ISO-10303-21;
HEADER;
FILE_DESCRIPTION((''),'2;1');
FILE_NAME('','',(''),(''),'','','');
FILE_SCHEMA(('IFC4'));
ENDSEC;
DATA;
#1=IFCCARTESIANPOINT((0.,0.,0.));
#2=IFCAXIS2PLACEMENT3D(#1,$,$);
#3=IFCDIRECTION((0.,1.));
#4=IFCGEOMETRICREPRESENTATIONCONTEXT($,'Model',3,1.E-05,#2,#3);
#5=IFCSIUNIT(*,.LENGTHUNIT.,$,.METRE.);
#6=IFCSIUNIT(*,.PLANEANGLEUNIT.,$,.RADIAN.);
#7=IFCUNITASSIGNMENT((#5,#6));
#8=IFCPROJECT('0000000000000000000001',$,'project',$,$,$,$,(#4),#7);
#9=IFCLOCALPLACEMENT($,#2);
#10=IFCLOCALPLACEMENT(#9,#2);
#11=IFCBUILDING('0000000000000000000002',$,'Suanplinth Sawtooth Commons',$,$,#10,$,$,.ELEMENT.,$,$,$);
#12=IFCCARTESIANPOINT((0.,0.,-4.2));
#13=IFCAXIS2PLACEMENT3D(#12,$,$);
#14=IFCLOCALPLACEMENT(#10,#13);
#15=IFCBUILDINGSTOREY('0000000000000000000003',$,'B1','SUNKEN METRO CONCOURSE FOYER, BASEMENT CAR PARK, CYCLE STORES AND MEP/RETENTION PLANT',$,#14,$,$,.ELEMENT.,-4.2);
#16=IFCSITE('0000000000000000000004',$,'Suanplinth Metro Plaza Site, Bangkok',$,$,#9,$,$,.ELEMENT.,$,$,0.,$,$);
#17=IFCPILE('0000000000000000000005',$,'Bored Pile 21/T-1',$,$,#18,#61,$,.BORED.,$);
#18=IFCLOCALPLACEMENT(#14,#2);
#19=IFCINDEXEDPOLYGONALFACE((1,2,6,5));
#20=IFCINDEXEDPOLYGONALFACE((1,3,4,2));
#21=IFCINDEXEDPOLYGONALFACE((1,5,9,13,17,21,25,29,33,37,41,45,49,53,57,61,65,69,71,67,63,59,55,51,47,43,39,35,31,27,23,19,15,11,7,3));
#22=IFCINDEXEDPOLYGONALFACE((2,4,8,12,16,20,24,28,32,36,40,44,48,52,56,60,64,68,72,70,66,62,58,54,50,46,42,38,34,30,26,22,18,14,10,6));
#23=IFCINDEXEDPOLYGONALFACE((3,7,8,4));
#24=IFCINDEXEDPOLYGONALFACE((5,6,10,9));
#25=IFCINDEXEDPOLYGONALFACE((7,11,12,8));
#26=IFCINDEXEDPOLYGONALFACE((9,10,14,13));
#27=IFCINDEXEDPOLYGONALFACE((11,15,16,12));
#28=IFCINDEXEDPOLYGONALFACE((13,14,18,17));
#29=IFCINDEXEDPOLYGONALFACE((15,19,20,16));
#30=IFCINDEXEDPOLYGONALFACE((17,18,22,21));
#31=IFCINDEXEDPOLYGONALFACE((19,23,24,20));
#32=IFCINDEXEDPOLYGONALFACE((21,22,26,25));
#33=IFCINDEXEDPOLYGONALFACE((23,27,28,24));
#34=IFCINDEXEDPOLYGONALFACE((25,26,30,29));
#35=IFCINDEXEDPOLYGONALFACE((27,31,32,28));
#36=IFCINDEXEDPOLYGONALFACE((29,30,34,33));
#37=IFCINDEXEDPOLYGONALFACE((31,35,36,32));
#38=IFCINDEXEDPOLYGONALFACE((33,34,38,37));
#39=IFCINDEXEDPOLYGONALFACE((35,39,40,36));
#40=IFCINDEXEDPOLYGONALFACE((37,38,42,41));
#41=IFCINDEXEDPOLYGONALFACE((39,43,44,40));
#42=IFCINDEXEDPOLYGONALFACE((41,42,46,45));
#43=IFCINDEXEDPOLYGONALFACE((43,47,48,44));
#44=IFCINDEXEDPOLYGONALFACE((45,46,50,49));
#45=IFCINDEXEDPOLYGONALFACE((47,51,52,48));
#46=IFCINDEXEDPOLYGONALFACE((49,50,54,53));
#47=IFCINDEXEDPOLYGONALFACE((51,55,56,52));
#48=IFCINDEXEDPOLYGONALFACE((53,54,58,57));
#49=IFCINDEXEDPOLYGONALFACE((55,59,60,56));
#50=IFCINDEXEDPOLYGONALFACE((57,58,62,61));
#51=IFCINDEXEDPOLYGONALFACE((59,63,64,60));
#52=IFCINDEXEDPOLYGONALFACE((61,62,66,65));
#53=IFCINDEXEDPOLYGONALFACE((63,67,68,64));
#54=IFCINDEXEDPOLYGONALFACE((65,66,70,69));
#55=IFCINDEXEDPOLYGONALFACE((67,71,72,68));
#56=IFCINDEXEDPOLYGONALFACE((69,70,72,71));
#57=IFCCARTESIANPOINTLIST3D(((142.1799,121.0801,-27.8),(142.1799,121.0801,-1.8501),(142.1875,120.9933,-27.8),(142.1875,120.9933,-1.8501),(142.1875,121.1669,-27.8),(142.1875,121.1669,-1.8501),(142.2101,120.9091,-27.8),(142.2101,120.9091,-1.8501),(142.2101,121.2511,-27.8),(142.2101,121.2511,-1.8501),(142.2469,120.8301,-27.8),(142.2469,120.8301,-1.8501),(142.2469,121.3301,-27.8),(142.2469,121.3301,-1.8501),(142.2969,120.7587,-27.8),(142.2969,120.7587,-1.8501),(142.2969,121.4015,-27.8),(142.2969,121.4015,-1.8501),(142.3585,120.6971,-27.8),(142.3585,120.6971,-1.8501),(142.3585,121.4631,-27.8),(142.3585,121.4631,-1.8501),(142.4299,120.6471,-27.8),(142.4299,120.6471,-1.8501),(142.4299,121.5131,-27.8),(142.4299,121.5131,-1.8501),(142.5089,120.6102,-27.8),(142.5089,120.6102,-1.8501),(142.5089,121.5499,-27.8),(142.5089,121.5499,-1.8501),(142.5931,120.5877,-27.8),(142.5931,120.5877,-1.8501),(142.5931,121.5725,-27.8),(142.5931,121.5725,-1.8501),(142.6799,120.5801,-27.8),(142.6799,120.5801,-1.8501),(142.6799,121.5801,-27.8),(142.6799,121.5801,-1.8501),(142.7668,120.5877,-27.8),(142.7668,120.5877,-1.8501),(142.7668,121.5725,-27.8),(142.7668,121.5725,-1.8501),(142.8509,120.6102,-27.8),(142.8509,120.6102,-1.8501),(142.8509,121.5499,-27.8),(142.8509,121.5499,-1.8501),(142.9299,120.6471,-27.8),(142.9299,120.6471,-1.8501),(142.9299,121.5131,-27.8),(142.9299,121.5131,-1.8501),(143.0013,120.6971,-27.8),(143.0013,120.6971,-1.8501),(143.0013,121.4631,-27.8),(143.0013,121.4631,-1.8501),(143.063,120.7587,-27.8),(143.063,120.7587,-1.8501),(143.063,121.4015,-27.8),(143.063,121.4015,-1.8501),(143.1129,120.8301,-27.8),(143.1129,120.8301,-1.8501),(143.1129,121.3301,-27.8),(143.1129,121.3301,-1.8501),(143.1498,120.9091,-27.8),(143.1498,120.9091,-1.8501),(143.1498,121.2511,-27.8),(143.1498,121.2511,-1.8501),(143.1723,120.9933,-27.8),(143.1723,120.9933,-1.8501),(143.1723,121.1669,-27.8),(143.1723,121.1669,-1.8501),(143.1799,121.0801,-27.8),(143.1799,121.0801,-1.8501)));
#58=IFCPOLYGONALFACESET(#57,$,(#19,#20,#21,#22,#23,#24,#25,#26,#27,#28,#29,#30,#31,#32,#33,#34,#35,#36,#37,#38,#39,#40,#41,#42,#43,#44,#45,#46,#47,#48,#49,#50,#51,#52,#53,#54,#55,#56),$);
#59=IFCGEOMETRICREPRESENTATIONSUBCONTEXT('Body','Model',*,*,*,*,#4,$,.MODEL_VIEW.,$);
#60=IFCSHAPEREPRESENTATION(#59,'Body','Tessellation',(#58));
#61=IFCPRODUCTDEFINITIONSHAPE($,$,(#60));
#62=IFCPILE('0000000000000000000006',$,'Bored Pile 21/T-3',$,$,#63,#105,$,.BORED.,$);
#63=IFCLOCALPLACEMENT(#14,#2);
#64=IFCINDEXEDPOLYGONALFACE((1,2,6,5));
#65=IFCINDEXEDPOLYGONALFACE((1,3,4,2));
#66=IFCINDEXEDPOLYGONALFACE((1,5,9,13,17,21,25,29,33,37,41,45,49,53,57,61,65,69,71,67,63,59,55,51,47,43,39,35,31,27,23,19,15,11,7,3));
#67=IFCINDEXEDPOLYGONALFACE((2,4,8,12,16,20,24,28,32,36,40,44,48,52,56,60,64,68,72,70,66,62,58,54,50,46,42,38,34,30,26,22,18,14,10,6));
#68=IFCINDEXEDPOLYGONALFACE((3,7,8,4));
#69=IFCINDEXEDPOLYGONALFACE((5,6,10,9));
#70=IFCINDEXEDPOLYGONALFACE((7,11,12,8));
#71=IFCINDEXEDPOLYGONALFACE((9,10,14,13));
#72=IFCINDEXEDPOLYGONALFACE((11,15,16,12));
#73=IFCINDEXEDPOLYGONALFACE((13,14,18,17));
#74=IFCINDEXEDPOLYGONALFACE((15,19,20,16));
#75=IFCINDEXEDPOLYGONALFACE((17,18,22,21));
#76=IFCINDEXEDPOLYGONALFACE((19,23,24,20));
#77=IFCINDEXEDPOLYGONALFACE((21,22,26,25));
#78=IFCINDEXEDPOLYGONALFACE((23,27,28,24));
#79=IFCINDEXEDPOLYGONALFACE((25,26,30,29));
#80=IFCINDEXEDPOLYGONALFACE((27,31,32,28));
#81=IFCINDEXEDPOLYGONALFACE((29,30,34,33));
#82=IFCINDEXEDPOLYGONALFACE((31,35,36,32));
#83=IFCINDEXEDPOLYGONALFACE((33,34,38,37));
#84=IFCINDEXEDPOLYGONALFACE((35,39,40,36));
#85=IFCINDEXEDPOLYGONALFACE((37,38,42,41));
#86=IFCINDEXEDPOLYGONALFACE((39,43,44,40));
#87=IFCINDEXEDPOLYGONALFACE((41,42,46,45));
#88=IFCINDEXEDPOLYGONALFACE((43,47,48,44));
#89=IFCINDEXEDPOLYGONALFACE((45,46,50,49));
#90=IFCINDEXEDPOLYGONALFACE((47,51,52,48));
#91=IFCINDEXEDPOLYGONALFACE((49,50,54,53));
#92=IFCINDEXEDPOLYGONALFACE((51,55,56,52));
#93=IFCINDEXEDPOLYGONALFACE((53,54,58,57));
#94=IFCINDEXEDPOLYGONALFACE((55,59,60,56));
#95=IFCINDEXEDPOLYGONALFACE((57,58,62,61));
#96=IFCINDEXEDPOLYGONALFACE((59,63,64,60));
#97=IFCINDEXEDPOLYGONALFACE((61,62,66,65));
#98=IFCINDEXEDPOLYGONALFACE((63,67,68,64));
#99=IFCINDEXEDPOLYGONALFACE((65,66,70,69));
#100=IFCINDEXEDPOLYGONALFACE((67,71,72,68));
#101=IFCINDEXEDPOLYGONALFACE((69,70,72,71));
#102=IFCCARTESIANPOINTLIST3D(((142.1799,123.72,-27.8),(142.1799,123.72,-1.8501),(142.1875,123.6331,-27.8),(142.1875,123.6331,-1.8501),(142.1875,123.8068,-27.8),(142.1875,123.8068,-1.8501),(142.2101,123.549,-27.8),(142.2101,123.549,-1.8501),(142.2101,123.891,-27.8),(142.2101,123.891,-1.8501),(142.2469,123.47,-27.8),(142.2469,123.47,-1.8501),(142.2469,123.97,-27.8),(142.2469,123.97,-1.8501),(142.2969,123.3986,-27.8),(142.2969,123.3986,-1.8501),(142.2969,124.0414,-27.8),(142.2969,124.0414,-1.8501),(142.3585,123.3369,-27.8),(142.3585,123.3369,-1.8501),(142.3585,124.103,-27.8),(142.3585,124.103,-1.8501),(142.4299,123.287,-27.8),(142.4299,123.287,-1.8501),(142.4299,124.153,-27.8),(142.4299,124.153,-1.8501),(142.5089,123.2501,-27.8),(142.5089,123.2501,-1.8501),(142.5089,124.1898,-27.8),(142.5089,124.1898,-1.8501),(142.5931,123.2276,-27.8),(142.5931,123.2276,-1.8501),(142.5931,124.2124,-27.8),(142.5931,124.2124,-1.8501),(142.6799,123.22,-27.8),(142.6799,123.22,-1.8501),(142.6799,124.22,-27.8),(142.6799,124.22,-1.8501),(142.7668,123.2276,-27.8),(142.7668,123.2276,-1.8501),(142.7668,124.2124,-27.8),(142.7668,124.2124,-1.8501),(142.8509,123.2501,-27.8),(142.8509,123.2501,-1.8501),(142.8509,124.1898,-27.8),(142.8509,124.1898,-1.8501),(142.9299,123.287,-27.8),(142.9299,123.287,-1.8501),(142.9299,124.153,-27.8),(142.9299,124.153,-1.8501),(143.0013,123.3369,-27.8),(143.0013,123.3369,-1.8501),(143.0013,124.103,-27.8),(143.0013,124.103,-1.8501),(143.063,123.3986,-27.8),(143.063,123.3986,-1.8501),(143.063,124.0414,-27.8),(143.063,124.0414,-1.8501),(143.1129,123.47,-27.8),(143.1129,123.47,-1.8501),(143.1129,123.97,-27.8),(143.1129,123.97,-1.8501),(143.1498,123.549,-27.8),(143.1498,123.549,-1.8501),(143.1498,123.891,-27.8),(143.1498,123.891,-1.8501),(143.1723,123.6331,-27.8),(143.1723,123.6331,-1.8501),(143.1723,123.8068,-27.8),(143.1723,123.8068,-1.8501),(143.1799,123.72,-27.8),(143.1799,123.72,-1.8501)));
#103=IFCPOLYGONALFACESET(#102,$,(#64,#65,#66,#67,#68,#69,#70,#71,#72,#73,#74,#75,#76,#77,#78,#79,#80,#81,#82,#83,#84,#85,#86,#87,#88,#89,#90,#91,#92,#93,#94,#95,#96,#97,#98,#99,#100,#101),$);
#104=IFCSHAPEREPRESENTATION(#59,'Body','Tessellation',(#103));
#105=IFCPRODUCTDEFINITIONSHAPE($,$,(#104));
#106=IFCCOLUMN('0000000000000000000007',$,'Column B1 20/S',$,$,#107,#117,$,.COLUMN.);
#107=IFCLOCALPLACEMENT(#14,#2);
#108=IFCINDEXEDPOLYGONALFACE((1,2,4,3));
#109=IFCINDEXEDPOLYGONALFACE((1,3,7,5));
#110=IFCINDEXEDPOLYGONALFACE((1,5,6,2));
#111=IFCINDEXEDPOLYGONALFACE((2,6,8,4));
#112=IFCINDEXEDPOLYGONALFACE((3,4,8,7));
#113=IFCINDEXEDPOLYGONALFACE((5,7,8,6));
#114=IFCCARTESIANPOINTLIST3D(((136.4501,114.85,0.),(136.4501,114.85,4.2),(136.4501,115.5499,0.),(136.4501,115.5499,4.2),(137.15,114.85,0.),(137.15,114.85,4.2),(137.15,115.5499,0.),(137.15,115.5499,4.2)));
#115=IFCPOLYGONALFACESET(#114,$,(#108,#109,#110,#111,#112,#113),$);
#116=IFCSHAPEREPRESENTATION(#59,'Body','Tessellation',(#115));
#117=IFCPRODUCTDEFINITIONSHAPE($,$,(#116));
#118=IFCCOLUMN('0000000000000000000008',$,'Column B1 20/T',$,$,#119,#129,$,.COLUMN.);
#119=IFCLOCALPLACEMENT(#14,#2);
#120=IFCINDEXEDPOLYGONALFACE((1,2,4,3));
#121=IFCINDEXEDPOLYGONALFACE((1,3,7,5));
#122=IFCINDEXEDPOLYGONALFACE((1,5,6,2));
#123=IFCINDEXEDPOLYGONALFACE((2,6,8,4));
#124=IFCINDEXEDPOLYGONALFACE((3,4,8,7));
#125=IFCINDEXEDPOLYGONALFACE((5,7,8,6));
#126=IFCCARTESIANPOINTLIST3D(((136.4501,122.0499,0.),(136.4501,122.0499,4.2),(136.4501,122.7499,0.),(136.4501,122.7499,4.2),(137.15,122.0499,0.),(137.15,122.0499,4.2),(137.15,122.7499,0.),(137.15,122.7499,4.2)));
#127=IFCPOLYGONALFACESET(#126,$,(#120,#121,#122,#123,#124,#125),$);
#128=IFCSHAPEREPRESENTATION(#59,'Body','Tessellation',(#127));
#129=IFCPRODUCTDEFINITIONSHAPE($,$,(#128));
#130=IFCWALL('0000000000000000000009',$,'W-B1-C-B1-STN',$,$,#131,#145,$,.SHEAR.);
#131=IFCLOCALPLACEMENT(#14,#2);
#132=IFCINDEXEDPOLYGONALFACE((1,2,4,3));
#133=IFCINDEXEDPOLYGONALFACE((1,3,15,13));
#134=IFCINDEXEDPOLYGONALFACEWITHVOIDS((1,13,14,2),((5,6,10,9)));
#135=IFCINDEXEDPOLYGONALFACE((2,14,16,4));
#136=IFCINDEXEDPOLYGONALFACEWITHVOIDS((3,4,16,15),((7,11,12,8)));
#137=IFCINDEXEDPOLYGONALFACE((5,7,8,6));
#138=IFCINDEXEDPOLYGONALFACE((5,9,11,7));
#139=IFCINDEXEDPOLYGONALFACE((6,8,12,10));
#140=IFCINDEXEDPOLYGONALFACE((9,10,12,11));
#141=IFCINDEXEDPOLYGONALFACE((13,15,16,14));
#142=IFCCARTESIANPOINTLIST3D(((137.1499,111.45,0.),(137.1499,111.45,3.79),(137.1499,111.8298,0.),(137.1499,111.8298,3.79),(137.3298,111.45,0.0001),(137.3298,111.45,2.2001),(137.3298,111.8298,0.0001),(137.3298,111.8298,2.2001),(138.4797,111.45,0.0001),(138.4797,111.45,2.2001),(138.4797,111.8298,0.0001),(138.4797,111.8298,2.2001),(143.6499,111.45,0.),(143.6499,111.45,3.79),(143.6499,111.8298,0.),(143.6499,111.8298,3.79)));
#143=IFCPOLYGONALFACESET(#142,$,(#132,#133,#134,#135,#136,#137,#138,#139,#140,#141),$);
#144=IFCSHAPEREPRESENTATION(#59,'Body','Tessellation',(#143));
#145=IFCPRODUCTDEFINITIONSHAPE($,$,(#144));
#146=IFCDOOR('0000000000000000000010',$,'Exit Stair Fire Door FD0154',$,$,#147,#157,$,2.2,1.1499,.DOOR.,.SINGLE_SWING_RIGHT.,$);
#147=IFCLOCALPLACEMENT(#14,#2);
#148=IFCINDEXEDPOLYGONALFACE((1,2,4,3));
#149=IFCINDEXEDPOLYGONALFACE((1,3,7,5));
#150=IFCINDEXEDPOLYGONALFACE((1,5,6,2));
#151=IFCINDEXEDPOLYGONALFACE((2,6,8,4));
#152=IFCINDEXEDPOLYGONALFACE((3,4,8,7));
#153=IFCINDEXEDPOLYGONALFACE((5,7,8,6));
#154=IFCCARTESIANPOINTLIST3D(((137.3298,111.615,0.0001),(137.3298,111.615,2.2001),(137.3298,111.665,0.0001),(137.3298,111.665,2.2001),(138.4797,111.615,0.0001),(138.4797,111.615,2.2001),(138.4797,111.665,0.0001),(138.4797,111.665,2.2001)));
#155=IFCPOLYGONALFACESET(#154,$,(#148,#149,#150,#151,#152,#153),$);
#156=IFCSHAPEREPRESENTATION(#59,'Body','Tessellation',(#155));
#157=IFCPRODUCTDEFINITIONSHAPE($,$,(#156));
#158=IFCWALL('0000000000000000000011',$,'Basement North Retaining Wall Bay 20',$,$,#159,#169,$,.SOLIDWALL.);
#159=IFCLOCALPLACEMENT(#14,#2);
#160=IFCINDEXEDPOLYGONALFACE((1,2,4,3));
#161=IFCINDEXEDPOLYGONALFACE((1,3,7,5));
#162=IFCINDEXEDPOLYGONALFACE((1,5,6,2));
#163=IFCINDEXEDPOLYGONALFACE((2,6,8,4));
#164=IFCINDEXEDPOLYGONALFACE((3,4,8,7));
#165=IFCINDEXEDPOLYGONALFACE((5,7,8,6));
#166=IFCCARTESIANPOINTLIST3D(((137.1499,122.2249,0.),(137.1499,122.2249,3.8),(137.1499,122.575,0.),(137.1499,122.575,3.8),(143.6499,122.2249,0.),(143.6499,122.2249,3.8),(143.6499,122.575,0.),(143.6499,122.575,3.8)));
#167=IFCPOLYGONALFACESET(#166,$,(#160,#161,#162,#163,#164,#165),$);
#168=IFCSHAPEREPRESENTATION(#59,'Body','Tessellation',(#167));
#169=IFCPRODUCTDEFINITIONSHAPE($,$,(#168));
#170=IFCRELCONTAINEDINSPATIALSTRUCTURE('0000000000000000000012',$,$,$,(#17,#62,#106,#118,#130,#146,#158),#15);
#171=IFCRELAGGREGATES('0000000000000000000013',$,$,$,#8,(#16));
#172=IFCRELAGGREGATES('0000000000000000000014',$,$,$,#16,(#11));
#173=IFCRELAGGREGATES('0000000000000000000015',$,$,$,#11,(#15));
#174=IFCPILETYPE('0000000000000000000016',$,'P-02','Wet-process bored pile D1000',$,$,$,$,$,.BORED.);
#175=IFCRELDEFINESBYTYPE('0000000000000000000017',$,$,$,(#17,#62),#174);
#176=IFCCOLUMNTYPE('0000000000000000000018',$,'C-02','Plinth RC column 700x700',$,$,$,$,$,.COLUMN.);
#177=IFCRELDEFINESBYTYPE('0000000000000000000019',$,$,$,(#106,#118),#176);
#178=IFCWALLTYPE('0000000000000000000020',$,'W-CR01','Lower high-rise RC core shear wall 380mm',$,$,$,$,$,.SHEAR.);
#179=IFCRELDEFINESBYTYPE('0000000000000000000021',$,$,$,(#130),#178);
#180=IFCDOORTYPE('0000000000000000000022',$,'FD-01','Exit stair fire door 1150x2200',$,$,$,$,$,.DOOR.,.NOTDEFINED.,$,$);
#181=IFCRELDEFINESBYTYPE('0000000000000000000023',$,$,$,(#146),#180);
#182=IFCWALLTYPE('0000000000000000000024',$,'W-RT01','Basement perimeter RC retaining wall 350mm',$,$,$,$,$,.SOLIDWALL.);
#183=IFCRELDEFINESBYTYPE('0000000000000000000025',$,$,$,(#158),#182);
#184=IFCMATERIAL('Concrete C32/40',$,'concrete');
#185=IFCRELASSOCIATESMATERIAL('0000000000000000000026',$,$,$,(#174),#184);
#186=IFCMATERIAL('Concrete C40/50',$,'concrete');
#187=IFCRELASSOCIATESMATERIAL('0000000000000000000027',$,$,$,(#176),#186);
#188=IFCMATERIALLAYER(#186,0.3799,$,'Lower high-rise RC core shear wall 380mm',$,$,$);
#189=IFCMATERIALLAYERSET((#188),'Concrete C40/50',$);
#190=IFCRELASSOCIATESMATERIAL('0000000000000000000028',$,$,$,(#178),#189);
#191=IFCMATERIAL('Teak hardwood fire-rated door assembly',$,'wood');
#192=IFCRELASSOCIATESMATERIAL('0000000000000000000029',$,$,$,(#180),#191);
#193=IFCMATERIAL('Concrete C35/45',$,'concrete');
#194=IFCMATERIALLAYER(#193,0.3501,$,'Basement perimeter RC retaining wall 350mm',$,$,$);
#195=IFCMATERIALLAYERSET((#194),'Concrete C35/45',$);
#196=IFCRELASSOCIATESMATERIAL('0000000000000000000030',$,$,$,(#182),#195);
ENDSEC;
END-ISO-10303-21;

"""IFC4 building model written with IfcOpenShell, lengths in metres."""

from ifc_helpers import new_model, si_unit, direction, frame, frame_2d, origin, origin_2d, place, context, subcontext, project, spatial, rectangle, circle, extrude, material, layer, layer_set, material_profile, profile_set, type_object, element, fill, save


model = new_model("IFC4")

# Units and contexts
model_context = context("Model", 3, precision=1e-05, world=origin(), true_north=direction((0.0, 1.0)))
body_context = subcontext(model_context, "Body", "Model", "MODEL_VIEW")
ifc_project = project(units=[si_unit("LENGTHUNIT", "METRE"), si_unit("PLANEANGLEUNIT", "RADIAN")], contexts=[model_context])

# Site, building, storey
site_placement = place(None, origin())
site = spatial("IfcSite", under=ifc_project, at=site_placement, Name="Suanplinth Metro Plaza Site, Bangkok", CompositionType="ELEMENT", RefElevation=0.0)
building_placement = place(site_placement, origin())
building = spatial("IfcBuilding", under=site, at=building_placement, Name="Suanplinth Sawtooth Commons", CompositionType="ELEMENT")
storey_placement = place(building_placement, frame((0.0, 0.0, -4.2)))
storey = spatial("IfcBuildingStorey", under=building, at=storey_placement, Name="B1", Description="SUNKEN METRO CONCOURSE FOYER, BASEMENT CAR PARK, CYCLE STORES AND MEP/RETENTION PLANT", CompositionType="ELEMENT", Elevation=-4.2)

# Shared definitions
ifc_material_1 = material(Name="Concrete C35/45", Category="concrete")

# Piles
ifc_material_2 = material(Name="Concrete C32/40", Category="concrete")
ifc_material_profile_1 = material_profile(ifc_material_2, circle(Radius=0.5, at=origin_2d()), Name="PILE D1000")
ifc_profile_set_1 = profile_set([ifc_material_profile_1], Name="Concrete C32/40")
pile_type = type_object("IfcPileType", Name="P-02", Description="Wet-process bored pile D1000", PredefinedType="BORED", material=ifc_profile_set_1)
for number, where, z_axis, x_axis, name in (
    (1, (142.6799, 121.0801, -1.8501), (0.0, 0.0, -1.0), (1.0, 0.0, 0.0), "Bored Pile 21/T-1"),
    (2, (142.6799, 123.72, -1.8501), (0.0, 0.0, -1.0), (1.0, 0.0, 0.0), "Bored Pile 21/T-3"),
):
    element("IfcPile", number, at=place(storey_placement, frame(where, z_axis=z_axis, x_axis=x_axis)), inside=storey, type_object=pile_type, Name=name, PredefinedType="BORED", context=body_context, shape_type="SweptSolid", body=[
        extrude(circle(Radius=0.5, at=origin_2d()), origin(), (0.0, 0.0, 1.0), 25.95),
    ])

# Columns
ifc_material_3 = material(Name="Concrete C40/50", Category="concrete")
ifc_material_profile_2 = material_profile(ifc_material_3, rectangle(XDim=0.7, YDim=0.7, at=origin_2d()), Name="RC-COL 700x700")
ifc_profile_set_2 = profile_set([ifc_material_profile_2], Name="Concrete C40/50")
column_type = type_object("IfcColumnType", Name="C-02", Description="Plinth RC column 700x700", PredefinedType="COLUMN", material=ifc_profile_set_2)
for number, where, z_axis, x_axis, name in (
    (3, (136.8, 115.2, 0.0), (0.0, 0.0, 1.0), (1.0, 0.0, 0.0), "Column B1 20/S"),
    (4, (136.8, 122.3999, 0.0), (0.0, 0.0, 1.0), (1.0, 0.0, 0.0), "Column B1 20/T"),
):
    element("IfcColumn", number, at=place(storey_placement, frame(where, z_axis=z_axis, x_axis=x_axis)), inside=storey, type_object=column_type, Name=name, PredefinedType="COLUMN", context=body_context, shape_type="SweptSolid", body=[
        extrude(rectangle(XDim=0.7, YDim=0.7, at=origin_2d()), origin(), (0.0, 0.0, 1.0), 4.2),
    ])

# Wall, opening, door
ifc_layer_1 = layer(ifc_material_3, 0.3799, Name="Lower high-rise RC core shear wall 380mm")
ifc_layer_set_1 = layer_set([ifc_layer_1], Name="Concrete C40/50")
wall_type_1 = type_object("IfcWallType", Name="W-CR01", Description="Lower high-rise RC core shear wall 380mm", PredefinedType="SHEAR", material=ifc_layer_set_1)
wall_1_placement = place(storey_placement, frame((137.1499, 111.6399, 0.0), z_axis=(0.0, 0.0, 1.0), x_axis=(1.0, 0.0, 0.0)))
wall_1 = element("IfcWall", 5, at=wall_1_placement, inside=storey, type_object=wall_type_1, Name="W-B1-C-B1-STN", PredefinedType="SHEAR", context=body_context, shape_type="SweptSolid", body=[
    extrude(rectangle(XDim=6.5, YDim=0.3799, at=frame_2d((3.25, 0.0))), origin(), (0.0, 0.0, 1.0), 3.79),
])
opening_placement = place(wall_1_placement, frame((0.1799, 0.0, 0.0)))
opening = element("IfcOpeningElement", 6, at=opening_placement, cuts=wall_1, PredefinedType="OPENING", context=body_context, shape_type="SweptSolid", body=[
    extrude(rectangle(XDim=1.1499, YDim=2.2, at=frame_2d((0.575, 1.1001))), frame((0.0, 0.2048, 0.0), z_axis=(0.0, -1.0, 0.0), x_axis=(1.0, 0.0, 0.0)), (0.0, 0.0, 1.0), 0.4097),
])
ifc_material_4 = material(Name="Teak hardwood fire-rated door assembly", Category="wood")
door_type = type_object("IfcDoorType", Name="FD-01", Description="Exit stair fire door 1150x2200", OperationType="NOTDEFINED", PredefinedType="DOOR", material=ifc_material_4)
door_placement = place(opening_placement, frame((1.1499, 0.0, 0.0), z_axis=(0.0, 0.0, 1.0), x_axis=(-1.0, 0.0, 0.0)))
door = element("IfcDoor", 7, at=door_placement, inside=storey, type_object=door_type, Name="Exit Stair Fire Door FD0154", OperationType="SINGLE_SWING_RIGHT", OverallHeight=2.2, OverallWidth=1.1499, PredefinedType="DOOR", context=body_context, shape_type="SweptSolid", body=[
    extrude(rectangle(XDim=1.1499, YDim=2.2, at=frame_2d((0.575, 1.1001))), frame((0.0, 0.0249, 0.0), z_axis=(0.0, -1.0, 0.0), x_axis=(1.0, 0.0, 0.0)), (0.0, 0.0, 1.0), 0.05),
])
fill(opening, door)

# Wall
ifc_layer_2 = layer(ifc_material_1, 0.3501, Name="Basement perimeter RC retaining wall 350mm")
ifc_layer_set_2 = layer_set([ifc_layer_2], Name="Concrete C35/45")
wall_type_2 = type_object("IfcWallType", Name="W-RT01", Description="Basement perimeter RC retaining wall 350mm", PredefinedType="SOLIDWALL", material=ifc_layer_set_2)
wall_2_placement = place(storey_placement, frame((137.1499, 122.3999, 0.0), z_axis=(0.0, 0.0, 1.0), x_axis=(1.0, 0.0, 0.0)))
element("IfcWall", 8, at=wall_2_placement, inside=storey, type_object=wall_type_2, Name="Basement North Retaining Wall Bay 20", PredefinedType="SOLIDWALL", context=body_context, shape_type="SweptSolid", body=[
    extrude(rectangle(XDim=6.5, YDim=0.3501, at=frame_2d((3.25, 0.0))), origin(), (0.0, 0.0, 1.0), 3.8),
])

save(model, "model.ifc")
